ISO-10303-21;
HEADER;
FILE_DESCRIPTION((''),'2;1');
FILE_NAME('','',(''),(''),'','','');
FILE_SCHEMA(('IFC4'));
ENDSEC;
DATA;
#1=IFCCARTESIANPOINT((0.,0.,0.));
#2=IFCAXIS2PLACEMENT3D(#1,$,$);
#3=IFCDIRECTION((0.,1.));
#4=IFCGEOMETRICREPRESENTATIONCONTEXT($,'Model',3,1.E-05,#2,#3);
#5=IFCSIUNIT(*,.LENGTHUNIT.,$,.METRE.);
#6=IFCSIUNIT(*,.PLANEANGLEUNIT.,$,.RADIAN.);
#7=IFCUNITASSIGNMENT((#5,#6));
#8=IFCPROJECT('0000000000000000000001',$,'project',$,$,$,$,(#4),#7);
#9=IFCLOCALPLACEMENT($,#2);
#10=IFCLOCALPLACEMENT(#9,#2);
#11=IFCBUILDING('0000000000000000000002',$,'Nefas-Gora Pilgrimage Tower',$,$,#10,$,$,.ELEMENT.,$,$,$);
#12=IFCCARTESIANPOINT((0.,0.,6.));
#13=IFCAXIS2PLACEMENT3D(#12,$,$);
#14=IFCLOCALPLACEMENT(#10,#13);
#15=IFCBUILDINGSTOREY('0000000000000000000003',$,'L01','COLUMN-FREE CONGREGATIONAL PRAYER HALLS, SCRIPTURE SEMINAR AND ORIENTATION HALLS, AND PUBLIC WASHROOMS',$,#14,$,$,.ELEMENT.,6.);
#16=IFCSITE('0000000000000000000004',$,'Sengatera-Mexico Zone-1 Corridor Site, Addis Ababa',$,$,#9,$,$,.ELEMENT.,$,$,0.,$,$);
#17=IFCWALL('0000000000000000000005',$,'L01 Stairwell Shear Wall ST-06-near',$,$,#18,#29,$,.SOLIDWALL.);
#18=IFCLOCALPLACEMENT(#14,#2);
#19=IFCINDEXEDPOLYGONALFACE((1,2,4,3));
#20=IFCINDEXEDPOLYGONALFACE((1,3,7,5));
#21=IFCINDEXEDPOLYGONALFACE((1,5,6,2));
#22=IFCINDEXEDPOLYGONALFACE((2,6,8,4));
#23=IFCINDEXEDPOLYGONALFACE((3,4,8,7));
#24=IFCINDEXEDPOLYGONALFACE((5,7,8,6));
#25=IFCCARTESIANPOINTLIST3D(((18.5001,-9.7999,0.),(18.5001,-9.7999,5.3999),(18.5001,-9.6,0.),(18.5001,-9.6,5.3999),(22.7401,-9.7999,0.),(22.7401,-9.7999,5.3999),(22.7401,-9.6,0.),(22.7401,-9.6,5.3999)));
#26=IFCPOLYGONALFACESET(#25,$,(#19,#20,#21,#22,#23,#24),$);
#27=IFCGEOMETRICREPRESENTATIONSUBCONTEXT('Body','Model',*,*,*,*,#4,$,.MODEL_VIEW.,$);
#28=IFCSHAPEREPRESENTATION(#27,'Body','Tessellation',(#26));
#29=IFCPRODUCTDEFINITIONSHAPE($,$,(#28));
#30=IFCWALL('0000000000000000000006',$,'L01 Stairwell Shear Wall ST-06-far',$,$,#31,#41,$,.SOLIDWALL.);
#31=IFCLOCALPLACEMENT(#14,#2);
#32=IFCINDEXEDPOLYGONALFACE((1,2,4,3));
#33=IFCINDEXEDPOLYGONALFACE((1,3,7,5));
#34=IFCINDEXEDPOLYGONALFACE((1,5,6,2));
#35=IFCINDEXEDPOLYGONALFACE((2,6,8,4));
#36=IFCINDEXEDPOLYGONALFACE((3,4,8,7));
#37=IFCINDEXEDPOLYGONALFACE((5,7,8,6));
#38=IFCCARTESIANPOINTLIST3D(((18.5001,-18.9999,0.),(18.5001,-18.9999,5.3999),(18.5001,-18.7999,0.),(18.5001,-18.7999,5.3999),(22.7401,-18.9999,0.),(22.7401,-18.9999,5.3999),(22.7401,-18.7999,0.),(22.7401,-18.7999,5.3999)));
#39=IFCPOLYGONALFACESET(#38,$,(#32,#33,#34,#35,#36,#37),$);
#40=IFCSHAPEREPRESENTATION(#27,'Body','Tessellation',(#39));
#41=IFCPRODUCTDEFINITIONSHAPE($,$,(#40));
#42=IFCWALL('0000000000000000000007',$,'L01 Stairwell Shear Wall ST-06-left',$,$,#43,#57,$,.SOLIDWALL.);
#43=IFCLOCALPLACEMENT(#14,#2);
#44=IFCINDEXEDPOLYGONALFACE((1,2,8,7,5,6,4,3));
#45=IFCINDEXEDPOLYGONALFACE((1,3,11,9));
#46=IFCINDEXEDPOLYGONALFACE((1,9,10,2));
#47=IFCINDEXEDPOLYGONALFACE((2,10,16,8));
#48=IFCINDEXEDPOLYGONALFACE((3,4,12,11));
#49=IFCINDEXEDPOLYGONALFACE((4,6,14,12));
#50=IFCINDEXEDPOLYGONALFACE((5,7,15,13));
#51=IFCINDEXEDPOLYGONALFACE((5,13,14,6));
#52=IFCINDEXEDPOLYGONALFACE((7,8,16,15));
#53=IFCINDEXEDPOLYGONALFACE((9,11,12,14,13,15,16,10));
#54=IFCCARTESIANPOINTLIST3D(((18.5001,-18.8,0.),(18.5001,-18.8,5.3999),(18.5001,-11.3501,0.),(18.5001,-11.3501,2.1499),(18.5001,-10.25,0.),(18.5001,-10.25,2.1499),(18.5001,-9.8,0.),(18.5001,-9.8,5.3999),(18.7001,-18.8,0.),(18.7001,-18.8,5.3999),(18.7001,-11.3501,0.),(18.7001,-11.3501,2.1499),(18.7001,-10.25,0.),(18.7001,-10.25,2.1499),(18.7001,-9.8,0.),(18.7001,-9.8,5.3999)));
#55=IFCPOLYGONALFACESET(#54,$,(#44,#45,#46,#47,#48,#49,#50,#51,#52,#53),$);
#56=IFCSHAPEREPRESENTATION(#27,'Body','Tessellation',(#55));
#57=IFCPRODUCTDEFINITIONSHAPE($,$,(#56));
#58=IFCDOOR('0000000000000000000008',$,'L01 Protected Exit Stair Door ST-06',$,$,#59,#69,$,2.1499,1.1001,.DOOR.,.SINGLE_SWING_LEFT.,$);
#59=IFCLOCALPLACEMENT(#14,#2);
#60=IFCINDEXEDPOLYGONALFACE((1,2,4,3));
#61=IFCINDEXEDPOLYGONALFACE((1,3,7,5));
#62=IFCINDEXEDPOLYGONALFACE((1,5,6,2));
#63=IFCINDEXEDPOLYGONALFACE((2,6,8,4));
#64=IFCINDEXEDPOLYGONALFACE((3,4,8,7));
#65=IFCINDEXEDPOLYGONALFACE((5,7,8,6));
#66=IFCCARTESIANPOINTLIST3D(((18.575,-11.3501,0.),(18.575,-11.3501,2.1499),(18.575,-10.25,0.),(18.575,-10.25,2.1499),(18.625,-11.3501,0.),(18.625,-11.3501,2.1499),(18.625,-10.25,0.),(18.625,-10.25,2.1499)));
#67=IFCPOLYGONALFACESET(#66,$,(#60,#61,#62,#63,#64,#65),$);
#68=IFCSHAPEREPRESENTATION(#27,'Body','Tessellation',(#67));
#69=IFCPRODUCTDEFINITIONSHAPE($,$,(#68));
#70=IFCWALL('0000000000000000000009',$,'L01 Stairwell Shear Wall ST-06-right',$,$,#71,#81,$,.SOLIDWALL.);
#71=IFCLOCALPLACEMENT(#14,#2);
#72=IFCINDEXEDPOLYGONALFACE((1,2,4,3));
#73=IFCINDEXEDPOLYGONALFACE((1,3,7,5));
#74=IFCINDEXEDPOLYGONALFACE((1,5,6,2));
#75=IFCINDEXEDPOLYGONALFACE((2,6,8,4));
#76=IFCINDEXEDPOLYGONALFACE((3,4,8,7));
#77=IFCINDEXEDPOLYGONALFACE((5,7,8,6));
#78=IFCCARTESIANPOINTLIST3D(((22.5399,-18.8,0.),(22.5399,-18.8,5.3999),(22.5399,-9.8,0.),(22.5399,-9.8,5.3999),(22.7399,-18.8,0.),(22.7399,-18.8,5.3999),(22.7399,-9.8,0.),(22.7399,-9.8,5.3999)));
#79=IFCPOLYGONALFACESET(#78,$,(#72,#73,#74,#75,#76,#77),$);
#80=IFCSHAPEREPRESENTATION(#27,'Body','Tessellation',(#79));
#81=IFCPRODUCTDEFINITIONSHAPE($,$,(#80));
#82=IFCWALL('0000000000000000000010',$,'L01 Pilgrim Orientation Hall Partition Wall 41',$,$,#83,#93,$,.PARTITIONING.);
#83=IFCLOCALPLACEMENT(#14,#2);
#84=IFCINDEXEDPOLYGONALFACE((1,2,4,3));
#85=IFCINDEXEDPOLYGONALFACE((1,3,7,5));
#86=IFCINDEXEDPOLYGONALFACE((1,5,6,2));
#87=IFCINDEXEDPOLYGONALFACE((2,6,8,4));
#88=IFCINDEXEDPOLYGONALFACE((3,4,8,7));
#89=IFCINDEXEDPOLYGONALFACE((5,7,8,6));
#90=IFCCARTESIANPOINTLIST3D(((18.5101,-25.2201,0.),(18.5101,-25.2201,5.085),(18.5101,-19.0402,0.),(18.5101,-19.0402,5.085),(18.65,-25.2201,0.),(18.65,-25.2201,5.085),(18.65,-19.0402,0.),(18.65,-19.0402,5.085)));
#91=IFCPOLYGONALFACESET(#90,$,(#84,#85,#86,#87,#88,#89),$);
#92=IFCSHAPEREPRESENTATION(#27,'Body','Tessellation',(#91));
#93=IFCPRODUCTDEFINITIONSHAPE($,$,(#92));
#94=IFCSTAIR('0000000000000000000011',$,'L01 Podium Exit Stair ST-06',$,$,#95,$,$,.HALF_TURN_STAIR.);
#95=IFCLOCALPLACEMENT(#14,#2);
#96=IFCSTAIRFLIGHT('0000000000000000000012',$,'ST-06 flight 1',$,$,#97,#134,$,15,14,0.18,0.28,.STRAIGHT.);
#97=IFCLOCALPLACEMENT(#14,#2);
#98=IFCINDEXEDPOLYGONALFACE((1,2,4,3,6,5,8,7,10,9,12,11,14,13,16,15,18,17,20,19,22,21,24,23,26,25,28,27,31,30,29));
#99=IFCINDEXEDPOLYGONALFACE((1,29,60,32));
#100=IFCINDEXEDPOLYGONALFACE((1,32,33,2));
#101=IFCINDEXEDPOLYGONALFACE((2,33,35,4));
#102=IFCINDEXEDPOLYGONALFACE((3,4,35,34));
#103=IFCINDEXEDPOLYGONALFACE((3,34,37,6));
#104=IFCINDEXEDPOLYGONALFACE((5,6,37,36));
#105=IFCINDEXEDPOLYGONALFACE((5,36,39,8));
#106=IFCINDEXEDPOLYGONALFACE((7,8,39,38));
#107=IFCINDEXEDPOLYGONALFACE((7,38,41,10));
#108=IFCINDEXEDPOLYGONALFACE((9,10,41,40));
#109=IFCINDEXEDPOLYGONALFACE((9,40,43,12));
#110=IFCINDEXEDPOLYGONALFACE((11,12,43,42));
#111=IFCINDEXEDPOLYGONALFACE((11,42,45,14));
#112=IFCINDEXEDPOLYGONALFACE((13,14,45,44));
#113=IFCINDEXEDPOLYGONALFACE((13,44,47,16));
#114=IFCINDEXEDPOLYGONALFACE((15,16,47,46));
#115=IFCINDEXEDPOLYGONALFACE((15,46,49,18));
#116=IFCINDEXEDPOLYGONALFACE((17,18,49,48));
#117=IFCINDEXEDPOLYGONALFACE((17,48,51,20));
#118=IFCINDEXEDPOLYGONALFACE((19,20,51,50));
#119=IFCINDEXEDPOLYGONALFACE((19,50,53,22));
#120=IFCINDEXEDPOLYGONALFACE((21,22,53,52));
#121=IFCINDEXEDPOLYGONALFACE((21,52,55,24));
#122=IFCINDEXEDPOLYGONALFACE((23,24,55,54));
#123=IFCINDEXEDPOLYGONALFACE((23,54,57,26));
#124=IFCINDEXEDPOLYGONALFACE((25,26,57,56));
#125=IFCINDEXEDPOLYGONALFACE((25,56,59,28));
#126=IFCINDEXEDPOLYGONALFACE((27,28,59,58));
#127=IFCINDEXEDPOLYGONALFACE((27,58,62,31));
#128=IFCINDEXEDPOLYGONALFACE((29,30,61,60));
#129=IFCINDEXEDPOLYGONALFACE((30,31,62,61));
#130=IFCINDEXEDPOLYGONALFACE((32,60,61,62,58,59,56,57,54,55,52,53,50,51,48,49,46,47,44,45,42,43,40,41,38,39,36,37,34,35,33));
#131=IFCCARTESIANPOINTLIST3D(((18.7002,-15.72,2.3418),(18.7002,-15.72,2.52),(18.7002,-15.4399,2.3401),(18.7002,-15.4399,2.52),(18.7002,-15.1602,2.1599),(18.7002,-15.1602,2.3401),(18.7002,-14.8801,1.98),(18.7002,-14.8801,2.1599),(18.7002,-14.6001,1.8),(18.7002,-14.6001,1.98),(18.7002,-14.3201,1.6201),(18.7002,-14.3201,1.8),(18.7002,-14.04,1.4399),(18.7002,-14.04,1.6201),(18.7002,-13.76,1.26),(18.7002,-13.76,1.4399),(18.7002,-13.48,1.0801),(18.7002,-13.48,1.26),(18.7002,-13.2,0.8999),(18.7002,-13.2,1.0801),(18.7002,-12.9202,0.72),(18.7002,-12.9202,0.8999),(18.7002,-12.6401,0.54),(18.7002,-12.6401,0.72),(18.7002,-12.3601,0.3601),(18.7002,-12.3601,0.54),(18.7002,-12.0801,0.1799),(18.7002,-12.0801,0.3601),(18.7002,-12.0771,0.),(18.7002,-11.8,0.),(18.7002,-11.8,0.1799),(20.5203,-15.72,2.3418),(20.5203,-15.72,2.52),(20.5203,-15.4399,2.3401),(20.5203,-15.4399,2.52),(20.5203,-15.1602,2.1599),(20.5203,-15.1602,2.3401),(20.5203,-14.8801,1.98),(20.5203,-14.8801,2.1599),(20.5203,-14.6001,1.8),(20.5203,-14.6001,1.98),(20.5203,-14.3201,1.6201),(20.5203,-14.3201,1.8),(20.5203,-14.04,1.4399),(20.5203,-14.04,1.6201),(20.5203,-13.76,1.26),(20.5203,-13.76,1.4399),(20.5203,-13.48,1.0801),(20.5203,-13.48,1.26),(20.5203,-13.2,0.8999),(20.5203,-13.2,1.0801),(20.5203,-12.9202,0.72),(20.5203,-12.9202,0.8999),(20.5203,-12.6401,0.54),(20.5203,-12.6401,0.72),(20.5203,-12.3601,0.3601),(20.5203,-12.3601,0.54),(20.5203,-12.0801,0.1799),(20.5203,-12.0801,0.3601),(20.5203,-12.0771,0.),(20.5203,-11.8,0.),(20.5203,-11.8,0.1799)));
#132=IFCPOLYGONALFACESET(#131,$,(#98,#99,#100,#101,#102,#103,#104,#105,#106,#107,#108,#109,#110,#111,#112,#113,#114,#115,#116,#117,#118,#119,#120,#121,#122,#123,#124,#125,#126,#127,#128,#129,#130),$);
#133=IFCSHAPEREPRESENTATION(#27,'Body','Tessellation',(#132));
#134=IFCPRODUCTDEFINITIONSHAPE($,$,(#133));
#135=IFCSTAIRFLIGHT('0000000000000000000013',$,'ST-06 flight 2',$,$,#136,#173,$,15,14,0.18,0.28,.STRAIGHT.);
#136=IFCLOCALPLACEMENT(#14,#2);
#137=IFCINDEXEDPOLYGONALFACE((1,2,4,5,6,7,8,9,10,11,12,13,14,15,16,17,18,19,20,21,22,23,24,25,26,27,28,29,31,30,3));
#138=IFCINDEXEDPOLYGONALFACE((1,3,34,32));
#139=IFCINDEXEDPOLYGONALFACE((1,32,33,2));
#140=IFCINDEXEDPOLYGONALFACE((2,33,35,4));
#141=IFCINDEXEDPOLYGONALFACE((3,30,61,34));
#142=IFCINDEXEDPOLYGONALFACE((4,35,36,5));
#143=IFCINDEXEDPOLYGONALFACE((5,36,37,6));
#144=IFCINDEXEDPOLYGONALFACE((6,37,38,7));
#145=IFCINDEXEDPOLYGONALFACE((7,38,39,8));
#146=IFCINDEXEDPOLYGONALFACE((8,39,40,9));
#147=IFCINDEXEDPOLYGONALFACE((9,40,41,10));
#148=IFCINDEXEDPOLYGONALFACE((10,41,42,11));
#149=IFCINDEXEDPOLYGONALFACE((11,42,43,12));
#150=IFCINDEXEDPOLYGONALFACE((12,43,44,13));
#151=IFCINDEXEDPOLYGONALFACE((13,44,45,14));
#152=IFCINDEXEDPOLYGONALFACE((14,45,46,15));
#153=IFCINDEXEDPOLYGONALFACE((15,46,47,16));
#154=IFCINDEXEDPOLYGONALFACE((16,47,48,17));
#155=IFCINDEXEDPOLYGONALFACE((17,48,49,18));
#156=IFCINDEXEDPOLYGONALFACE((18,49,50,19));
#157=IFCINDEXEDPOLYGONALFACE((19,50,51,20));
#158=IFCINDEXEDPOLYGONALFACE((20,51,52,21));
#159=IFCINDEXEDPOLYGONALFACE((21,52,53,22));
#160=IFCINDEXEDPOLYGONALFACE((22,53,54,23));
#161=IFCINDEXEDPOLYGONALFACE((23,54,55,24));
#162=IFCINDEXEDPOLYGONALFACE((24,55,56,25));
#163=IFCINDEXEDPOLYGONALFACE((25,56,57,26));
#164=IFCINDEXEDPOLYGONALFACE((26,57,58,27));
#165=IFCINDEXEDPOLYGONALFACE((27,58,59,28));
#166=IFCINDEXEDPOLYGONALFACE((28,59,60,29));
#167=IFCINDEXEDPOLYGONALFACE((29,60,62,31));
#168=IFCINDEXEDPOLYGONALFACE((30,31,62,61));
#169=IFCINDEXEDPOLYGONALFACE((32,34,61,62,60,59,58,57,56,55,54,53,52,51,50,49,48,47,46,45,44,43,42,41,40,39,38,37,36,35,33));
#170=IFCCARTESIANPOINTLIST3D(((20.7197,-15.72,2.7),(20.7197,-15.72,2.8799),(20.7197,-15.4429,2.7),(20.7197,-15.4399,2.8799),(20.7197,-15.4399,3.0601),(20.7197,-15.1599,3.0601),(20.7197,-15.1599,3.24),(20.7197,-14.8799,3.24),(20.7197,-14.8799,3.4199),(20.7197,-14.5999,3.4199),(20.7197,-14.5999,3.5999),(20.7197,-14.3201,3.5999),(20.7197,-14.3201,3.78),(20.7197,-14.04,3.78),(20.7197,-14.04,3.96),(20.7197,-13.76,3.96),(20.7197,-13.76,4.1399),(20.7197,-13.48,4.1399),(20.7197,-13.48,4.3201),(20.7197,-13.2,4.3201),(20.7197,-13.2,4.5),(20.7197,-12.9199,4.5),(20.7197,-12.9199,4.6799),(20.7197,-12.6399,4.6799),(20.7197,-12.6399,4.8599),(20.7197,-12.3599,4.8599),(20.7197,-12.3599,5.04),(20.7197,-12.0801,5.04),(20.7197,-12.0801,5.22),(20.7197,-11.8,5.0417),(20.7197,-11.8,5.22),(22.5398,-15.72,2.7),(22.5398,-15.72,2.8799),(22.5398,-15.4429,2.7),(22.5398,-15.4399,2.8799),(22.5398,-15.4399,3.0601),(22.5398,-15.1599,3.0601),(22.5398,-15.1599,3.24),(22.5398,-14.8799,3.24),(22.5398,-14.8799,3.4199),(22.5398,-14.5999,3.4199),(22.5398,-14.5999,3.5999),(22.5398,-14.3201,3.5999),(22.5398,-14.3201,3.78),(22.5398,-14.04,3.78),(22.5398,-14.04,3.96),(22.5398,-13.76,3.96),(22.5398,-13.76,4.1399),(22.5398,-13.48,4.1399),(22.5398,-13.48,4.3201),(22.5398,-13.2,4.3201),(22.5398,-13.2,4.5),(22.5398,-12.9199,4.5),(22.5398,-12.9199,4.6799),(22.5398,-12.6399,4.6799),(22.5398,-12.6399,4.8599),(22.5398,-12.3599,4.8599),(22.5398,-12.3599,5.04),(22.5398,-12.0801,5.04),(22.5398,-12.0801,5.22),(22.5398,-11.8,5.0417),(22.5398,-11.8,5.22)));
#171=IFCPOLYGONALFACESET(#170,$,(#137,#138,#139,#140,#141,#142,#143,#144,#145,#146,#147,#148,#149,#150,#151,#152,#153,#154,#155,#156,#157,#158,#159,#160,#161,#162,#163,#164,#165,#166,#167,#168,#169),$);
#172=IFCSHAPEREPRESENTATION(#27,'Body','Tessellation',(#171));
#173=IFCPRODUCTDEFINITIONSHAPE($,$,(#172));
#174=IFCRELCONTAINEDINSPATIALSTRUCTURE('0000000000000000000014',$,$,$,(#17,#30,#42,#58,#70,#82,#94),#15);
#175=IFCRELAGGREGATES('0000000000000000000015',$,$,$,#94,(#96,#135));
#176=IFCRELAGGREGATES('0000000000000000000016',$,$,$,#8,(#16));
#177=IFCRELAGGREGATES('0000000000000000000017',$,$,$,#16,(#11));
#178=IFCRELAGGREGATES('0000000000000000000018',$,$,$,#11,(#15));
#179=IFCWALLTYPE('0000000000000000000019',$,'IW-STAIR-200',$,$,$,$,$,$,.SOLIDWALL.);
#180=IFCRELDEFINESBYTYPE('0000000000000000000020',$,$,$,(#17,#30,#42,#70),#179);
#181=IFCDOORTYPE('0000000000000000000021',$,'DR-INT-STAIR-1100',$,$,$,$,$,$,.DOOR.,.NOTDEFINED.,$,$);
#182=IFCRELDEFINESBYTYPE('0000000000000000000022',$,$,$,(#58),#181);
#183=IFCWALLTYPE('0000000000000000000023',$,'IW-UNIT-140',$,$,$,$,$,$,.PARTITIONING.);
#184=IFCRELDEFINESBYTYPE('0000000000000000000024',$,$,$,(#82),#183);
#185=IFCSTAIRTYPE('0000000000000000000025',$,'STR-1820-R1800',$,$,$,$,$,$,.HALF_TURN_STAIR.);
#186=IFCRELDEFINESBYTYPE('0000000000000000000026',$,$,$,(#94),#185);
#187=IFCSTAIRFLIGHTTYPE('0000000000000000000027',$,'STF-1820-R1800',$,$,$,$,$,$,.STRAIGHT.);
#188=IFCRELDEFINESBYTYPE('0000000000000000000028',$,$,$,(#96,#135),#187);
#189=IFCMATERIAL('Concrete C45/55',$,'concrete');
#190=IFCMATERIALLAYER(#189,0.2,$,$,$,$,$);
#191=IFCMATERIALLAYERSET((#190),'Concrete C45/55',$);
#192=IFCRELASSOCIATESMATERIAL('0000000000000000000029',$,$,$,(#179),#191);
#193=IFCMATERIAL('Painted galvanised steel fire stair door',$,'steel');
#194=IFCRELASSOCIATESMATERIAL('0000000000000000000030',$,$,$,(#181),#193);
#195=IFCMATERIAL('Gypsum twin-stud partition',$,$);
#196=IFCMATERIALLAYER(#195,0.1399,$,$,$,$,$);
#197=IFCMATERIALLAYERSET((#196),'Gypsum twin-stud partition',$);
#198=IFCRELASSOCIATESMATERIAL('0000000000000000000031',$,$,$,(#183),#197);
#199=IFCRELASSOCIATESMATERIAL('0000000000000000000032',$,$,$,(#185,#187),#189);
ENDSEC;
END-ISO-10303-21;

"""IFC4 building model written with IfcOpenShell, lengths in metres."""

from ifc_helpers import new_model, si_unit, direction, frame, frame_2d, origin, place, context, subcontext, project, spatial, polyline, rectangle, outline, extrude, source, transform, mapped, material, layer, layer_set, type_object, element, fill, aggregate, save


model = new_model("IFC4")

# Units and contexts
model_context = context("Model", 3, precision=1e-05, world=origin(), true_north=direction((0.0, 1.0)))
body_context = subcontext(model_context, "Body", "Model", "MODEL_VIEW")
ifc_project = project(units=[si_unit("LENGTHUNIT", "METRE"), si_unit("PLANEANGLEUNIT", "RADIAN")], contexts=[model_context])

# Site, building, storey
site_placement = place(None, origin())
site = spatial("IfcSite", under=ifc_project, at=site_placement, Name="Sengatera-Mexico Zone-1 Corridor Site, Addis Ababa", CompositionType="ELEMENT", RefElevation=0.0)
building_placement = place(site_placement, origin())
building = spatial("IfcBuilding", under=site, at=building_placement, Name="Nefas-Gora Pilgrimage Tower", CompositionType="ELEMENT")
storey_placement = place(building_placement, frame((0.0, 0.0, 6.0)))
storey = spatial("IfcBuildingStorey", under=building, at=storey_placement, Name="L01", Description="COLUMN-FREE CONGREGATIONAL PRAYER HALLS, SCRIPTURE SEMINAR AND ORIENTATION HALLS, AND PUBLIC WASHROOMS", CompositionType="ELEMENT", Elevation=6.0)

# Walls
ifc_material_1 = material(Name="Concrete C45/55", Category="concrete")
ifc_layer_1 = layer(ifc_material_1, 0.2)
ifc_layer_set_1 = layer_set([ifc_layer_1], Name="Concrete C45/55")
wall_type_1 = type_object("IfcWallType", Name="IW-STAIR-200", PredefinedType="SOLIDWALL", material=ifc_layer_set_1)
shared_shape_1 = source(origin(), body_context, "Body", "SweptSolid", [
    extrude(rectangle(XDim=4.24, YDim=0.2, at=frame_2d((2.1201, 0.0))), origin(), (0.0, 0.0, 1.0), 5.3999),
])
for number, where, z_axis, x_axis, name in (
    (1, (18.5, -9.7, 0.0), (0.0, 0.0, 1.0), (1.0, 0.0, 0.0), "L01 Stairwell Shear Wall ST-06-near"),
    (2, (18.5, -18.8999, 0.0), (0.0, 0.0, 1.0), (1.0, 0.0, 0.0), "L01 Stairwell Shear Wall ST-06-far"),
):
    element("IfcWall", number, at=place(storey_placement, frame(where, z_axis=z_axis, x_axis=x_axis)), inside=storey, type_object=wall_type_1, Name=name, PredefinedType="SOLIDWALL", context=body_context, shape_type="MappedRepresentation", body=[
        mapped(shared_shape_1, transform((0.0, 0.0, 0.0), x_axis=(1.0, 0.0, 0.0), y_axis=(0.0, 1.0, 0.0), z_axis=(0.0, 0.0, 1.0), scale=1.0)),
    ])

# Wall, opening, door
shared_shape_2 = source(origin(), body_context, "Body", "SweptSolid", [
    extrude(rectangle(XDim=9.0, YDim=0.2, at=frame_2d((4.5, 0.0))), origin(), (0.0, 0.0, 1.0), 5.3999),
])
wall_1_placement = place(storey_placement, frame((18.6001, -9.8, 0.0), z_axis=(0.0, 0.0, 1.0), x_axis=(0.0, -1.0, 0.0)))
wall_1 = element("IfcWall", 3, at=wall_1_placement, inside=storey, type_object=wall_type_1, Name="L01 Stairwell Shear Wall ST-06-left", PredefinedType="SOLIDWALL", context=body_context, shape_type="MappedRepresentation", body=[
    mapped(shared_shape_2, transform((0.0, 0.0, 0.0), x_axis=(1.0, 0.0, 0.0), y_axis=(0.0, 1.0, 0.0), z_axis=(0.0, 0.0, 1.0), scale=1.0)),
])
opening_1_placement = place(wall_1_placement, frame((0.45, 0.0, 0.0)))
opening_1 = element("IfcOpeningElement", 4, at=opening_1_placement, cuts=wall_1, PredefinedType="OPENING", context=body_context, shape_type="SweptSolid", body=[
    extrude(rectangle(XDim=1.1001, YDim=2.1499, at=frame_2d((0.55, 1.075))), frame((0.0, 0.1099, 0.0), z_axis=(0.0, -1.0, 0.0), x_axis=(1.0, 0.0, 0.0)), (0.0, 0.0, 1.0), 0.22),
])
ifc_material_2 = material(Name="Painted galvanised steel fire stair door", Category="steel")
door_type_1 = type_object("IfcDoorType", Name="DR-INT-STAIR-1100", OperationType="NOTDEFINED", PredefinedType="DOOR", material=ifc_material_2)
shared_shape_3 = source(origin(), body_context, "Body", "SweptSolid", [
    extrude(rectangle(XDim=1.1001, YDim=2.1499, at=frame_2d((0.55, 1.075))), frame((0.0, 0.0249, 0.0), z_axis=(0.0, -1.0, 0.0), x_axis=(1.0, 0.0, 0.0)), (0.0, 0.0, 1.0), 0.05),
])
door_1_placement = place(opening_1_placement, origin())
door_1 = element("IfcDoor", 5, at=door_1_placement, inside=storey, type_object=door_type_1, Name="L01 Protected Exit Stair Door ST-06", OperationType="SINGLE_SWING_LEFT", OverallHeight=2.1499, OverallWidth=1.1001, PredefinedType="DOOR", context=body_context, shape_type="MappedRepresentation", body=[
    mapped(shared_shape_3, transform((0.0, 0.0, 0.0), x_axis=(1.0, 0.0, 0.0), y_axis=(0.0, 1.0, 0.0), z_axis=(0.0, 0.0, 1.0), scale=1.0)),
])
fill(opening_1, door_1)

# Wall
wall_2_placement = place(storey_placement, frame((22.6399, -9.8, 0.0), z_axis=(0.0, 0.0, 1.0), x_axis=(0.0, -1.0, 0.0)))
element("IfcWall", 6, at=wall_2_placement, inside=storey, type_object=wall_type_1, Name="L01 Stairwell Shear Wall ST-06-right", PredefinedType="SOLIDWALL", context=body_context, shape_type="MappedRepresentation", body=[
    mapped(shared_shape_2, transform((0.0, 0.0, 0.0), x_axis=(1.0, 0.0, 0.0), y_axis=(0.0, 1.0, 0.0), z_axis=(0.0, 0.0, 1.0), scale=1.0)),
])

# Wall
ifc_material_3 = material(Name="Gypsum twin-stud partition")
ifc_layer_2 = layer(ifc_material_3, 0.1399)
ifc_layer_set_2 = layer_set([ifc_layer_2], Name="Gypsum twin-stud partition")
wall_type_2 = type_object("IfcWallType", Name="IW-UNIT-140", PredefinedType="PARTITIONING", material=ifc_layer_set_2)
shared_shape_4 = source(origin(), body_context, "Body", "SweptSolid", [
    extrude(rectangle(XDim=6.1799, YDim=0.1399, at=frame_2d((3.0898, 0.0))), origin(), (0.0, 0.0, 1.0), 5.085),
])
wall_3_placement = place(storey_placement, frame((18.5801, -25.22, 0.0), z_axis=(0.0, 0.0, 1.0), x_axis=(0.0, 1.0, 0.0)))
element("IfcWall", 7, at=wall_3_placement, inside=storey, type_object=wall_type_2, Name="L01 Pilgrim Orientation Hall Partition Wall 41", PredefinedType="PARTITIONING", context=body_context, shape_type="MappedRepresentation", body=[
    mapped(shared_shape_4, transform((0.0, 0.0, 0.0), x_axis=(1.0, 0.0, 0.0), y_axis=(0.0, 1.0, 0.0), z_axis=(0.0, 0.0, 1.0), scale=1.0)),
])

# Stair, stair flights
stair_type = type_object("IfcStairType", Name="STR-1820-R1800", PredefinedType="HALF_TURN_STAIR", material=ifc_material_1)
stair_placement = place(storey_placement, origin())
stair = element("IfcStair", 8, at=stair_placement, inside=storey, type_object=stair_type, Name="L01 Podium Exit Stair ST-06", PredefinedType="HALF_TURN_STAIR")
stair_flight_type = type_object("IfcStairFlightType", Name="STF-1820-R1800", PredefinedType="STRAIGHT", material=ifc_material_1)
shared_shape_5 = source(origin(), body_context, "Body", "SweptSolid", [
    extrude(outline(polyline([(0.0, 0.0), (0.0, 0.1799), (0.28, 0.1799), (0.28, 0.3601), (0.5601, 0.3601), (0.5601, 0.54), (0.8401, 0.54), (0.8401, 0.72), (1.1201, 0.72), (1.1201, 0.8999), (1.3999, 0.8999), (1.3999, 1.0801), (1.6799, 1.0801), (1.6799, 1.26), (1.96, 1.26), (1.96, 1.4399), (2.24, 1.4399), (2.24, 1.6201), (2.52, 1.6201), (2.52, 1.8), (2.8, 1.8), (2.8, 1.98), (3.0801, 1.98), (3.0801, 2.1599), (3.3601, 2.1599), (3.3601, 2.3401), (3.6399, 2.3401), (3.6399, 2.52), (3.9199, 2.52), (3.9199, 2.7), (3.9199, 2.3418), (0.2771, 0.0), (0.0, 0.0)])), frame((0.0, 0.9102, 0.0), z_axis=(0.0, -1.0, 0.0), x_axis=(1.0, 0.0, 0.0)), (0.0, 0.0, 1.0), 1.8201),
])
stair_flight_1_placement = place(storey_placement, frame((19.6101, -11.8, 0.0), z_axis=(0.0, 0.0, 1.0), x_axis=(0.0, -1.0, 0.0)))
stair_flight_1 = element("IfcStairFlight", 9, at=stair_flight_1_placement, type_object=stair_flight_type, Name="ST-06 flight 1", NumberOfRisers=15, NumberOfTreads=14, PredefinedType="STRAIGHT", RiserHeight=0.18, TreadLength=0.28, context=body_context, shape_type="MappedRepresentation", body=[
    mapped(shared_shape_5, transform((0.0, 0.0, 0.0), x_axis=(1.0, 0.0, 0.0), y_axis=(0.0, 1.0, 0.0), z_axis=(0.0, 0.0, 1.0), scale=1.0)),
])
stair_flight_2_placement = place(storey_placement, frame((21.6299, -15.72, 2.7), z_axis=(0.0, 0.0, 1.0), x_axis=(0.0, 1.0, 0.0)))
stair_flight_2 = element("IfcStairFlight", 10, at=stair_flight_2_placement, type_object=stair_flight_type, Name="ST-06 flight 2", NumberOfRisers=15, NumberOfTreads=14, PredefinedType="STRAIGHT", RiserHeight=0.18, TreadLength=0.28, context=body_context, shape_type="MappedRepresentation", body=[
    mapped(shared_shape_5, transform((0.0, 0.0, 0.0), x_axis=(1.0, 0.0, 0.0), y_axis=(0.0, 1.0, 0.0), z_axis=(0.0, 0.0, 1.0), scale=1.0)),
])
aggregate(stair, [stair_flight_1, stair_flight_2])

save(model, "model.ifc")
